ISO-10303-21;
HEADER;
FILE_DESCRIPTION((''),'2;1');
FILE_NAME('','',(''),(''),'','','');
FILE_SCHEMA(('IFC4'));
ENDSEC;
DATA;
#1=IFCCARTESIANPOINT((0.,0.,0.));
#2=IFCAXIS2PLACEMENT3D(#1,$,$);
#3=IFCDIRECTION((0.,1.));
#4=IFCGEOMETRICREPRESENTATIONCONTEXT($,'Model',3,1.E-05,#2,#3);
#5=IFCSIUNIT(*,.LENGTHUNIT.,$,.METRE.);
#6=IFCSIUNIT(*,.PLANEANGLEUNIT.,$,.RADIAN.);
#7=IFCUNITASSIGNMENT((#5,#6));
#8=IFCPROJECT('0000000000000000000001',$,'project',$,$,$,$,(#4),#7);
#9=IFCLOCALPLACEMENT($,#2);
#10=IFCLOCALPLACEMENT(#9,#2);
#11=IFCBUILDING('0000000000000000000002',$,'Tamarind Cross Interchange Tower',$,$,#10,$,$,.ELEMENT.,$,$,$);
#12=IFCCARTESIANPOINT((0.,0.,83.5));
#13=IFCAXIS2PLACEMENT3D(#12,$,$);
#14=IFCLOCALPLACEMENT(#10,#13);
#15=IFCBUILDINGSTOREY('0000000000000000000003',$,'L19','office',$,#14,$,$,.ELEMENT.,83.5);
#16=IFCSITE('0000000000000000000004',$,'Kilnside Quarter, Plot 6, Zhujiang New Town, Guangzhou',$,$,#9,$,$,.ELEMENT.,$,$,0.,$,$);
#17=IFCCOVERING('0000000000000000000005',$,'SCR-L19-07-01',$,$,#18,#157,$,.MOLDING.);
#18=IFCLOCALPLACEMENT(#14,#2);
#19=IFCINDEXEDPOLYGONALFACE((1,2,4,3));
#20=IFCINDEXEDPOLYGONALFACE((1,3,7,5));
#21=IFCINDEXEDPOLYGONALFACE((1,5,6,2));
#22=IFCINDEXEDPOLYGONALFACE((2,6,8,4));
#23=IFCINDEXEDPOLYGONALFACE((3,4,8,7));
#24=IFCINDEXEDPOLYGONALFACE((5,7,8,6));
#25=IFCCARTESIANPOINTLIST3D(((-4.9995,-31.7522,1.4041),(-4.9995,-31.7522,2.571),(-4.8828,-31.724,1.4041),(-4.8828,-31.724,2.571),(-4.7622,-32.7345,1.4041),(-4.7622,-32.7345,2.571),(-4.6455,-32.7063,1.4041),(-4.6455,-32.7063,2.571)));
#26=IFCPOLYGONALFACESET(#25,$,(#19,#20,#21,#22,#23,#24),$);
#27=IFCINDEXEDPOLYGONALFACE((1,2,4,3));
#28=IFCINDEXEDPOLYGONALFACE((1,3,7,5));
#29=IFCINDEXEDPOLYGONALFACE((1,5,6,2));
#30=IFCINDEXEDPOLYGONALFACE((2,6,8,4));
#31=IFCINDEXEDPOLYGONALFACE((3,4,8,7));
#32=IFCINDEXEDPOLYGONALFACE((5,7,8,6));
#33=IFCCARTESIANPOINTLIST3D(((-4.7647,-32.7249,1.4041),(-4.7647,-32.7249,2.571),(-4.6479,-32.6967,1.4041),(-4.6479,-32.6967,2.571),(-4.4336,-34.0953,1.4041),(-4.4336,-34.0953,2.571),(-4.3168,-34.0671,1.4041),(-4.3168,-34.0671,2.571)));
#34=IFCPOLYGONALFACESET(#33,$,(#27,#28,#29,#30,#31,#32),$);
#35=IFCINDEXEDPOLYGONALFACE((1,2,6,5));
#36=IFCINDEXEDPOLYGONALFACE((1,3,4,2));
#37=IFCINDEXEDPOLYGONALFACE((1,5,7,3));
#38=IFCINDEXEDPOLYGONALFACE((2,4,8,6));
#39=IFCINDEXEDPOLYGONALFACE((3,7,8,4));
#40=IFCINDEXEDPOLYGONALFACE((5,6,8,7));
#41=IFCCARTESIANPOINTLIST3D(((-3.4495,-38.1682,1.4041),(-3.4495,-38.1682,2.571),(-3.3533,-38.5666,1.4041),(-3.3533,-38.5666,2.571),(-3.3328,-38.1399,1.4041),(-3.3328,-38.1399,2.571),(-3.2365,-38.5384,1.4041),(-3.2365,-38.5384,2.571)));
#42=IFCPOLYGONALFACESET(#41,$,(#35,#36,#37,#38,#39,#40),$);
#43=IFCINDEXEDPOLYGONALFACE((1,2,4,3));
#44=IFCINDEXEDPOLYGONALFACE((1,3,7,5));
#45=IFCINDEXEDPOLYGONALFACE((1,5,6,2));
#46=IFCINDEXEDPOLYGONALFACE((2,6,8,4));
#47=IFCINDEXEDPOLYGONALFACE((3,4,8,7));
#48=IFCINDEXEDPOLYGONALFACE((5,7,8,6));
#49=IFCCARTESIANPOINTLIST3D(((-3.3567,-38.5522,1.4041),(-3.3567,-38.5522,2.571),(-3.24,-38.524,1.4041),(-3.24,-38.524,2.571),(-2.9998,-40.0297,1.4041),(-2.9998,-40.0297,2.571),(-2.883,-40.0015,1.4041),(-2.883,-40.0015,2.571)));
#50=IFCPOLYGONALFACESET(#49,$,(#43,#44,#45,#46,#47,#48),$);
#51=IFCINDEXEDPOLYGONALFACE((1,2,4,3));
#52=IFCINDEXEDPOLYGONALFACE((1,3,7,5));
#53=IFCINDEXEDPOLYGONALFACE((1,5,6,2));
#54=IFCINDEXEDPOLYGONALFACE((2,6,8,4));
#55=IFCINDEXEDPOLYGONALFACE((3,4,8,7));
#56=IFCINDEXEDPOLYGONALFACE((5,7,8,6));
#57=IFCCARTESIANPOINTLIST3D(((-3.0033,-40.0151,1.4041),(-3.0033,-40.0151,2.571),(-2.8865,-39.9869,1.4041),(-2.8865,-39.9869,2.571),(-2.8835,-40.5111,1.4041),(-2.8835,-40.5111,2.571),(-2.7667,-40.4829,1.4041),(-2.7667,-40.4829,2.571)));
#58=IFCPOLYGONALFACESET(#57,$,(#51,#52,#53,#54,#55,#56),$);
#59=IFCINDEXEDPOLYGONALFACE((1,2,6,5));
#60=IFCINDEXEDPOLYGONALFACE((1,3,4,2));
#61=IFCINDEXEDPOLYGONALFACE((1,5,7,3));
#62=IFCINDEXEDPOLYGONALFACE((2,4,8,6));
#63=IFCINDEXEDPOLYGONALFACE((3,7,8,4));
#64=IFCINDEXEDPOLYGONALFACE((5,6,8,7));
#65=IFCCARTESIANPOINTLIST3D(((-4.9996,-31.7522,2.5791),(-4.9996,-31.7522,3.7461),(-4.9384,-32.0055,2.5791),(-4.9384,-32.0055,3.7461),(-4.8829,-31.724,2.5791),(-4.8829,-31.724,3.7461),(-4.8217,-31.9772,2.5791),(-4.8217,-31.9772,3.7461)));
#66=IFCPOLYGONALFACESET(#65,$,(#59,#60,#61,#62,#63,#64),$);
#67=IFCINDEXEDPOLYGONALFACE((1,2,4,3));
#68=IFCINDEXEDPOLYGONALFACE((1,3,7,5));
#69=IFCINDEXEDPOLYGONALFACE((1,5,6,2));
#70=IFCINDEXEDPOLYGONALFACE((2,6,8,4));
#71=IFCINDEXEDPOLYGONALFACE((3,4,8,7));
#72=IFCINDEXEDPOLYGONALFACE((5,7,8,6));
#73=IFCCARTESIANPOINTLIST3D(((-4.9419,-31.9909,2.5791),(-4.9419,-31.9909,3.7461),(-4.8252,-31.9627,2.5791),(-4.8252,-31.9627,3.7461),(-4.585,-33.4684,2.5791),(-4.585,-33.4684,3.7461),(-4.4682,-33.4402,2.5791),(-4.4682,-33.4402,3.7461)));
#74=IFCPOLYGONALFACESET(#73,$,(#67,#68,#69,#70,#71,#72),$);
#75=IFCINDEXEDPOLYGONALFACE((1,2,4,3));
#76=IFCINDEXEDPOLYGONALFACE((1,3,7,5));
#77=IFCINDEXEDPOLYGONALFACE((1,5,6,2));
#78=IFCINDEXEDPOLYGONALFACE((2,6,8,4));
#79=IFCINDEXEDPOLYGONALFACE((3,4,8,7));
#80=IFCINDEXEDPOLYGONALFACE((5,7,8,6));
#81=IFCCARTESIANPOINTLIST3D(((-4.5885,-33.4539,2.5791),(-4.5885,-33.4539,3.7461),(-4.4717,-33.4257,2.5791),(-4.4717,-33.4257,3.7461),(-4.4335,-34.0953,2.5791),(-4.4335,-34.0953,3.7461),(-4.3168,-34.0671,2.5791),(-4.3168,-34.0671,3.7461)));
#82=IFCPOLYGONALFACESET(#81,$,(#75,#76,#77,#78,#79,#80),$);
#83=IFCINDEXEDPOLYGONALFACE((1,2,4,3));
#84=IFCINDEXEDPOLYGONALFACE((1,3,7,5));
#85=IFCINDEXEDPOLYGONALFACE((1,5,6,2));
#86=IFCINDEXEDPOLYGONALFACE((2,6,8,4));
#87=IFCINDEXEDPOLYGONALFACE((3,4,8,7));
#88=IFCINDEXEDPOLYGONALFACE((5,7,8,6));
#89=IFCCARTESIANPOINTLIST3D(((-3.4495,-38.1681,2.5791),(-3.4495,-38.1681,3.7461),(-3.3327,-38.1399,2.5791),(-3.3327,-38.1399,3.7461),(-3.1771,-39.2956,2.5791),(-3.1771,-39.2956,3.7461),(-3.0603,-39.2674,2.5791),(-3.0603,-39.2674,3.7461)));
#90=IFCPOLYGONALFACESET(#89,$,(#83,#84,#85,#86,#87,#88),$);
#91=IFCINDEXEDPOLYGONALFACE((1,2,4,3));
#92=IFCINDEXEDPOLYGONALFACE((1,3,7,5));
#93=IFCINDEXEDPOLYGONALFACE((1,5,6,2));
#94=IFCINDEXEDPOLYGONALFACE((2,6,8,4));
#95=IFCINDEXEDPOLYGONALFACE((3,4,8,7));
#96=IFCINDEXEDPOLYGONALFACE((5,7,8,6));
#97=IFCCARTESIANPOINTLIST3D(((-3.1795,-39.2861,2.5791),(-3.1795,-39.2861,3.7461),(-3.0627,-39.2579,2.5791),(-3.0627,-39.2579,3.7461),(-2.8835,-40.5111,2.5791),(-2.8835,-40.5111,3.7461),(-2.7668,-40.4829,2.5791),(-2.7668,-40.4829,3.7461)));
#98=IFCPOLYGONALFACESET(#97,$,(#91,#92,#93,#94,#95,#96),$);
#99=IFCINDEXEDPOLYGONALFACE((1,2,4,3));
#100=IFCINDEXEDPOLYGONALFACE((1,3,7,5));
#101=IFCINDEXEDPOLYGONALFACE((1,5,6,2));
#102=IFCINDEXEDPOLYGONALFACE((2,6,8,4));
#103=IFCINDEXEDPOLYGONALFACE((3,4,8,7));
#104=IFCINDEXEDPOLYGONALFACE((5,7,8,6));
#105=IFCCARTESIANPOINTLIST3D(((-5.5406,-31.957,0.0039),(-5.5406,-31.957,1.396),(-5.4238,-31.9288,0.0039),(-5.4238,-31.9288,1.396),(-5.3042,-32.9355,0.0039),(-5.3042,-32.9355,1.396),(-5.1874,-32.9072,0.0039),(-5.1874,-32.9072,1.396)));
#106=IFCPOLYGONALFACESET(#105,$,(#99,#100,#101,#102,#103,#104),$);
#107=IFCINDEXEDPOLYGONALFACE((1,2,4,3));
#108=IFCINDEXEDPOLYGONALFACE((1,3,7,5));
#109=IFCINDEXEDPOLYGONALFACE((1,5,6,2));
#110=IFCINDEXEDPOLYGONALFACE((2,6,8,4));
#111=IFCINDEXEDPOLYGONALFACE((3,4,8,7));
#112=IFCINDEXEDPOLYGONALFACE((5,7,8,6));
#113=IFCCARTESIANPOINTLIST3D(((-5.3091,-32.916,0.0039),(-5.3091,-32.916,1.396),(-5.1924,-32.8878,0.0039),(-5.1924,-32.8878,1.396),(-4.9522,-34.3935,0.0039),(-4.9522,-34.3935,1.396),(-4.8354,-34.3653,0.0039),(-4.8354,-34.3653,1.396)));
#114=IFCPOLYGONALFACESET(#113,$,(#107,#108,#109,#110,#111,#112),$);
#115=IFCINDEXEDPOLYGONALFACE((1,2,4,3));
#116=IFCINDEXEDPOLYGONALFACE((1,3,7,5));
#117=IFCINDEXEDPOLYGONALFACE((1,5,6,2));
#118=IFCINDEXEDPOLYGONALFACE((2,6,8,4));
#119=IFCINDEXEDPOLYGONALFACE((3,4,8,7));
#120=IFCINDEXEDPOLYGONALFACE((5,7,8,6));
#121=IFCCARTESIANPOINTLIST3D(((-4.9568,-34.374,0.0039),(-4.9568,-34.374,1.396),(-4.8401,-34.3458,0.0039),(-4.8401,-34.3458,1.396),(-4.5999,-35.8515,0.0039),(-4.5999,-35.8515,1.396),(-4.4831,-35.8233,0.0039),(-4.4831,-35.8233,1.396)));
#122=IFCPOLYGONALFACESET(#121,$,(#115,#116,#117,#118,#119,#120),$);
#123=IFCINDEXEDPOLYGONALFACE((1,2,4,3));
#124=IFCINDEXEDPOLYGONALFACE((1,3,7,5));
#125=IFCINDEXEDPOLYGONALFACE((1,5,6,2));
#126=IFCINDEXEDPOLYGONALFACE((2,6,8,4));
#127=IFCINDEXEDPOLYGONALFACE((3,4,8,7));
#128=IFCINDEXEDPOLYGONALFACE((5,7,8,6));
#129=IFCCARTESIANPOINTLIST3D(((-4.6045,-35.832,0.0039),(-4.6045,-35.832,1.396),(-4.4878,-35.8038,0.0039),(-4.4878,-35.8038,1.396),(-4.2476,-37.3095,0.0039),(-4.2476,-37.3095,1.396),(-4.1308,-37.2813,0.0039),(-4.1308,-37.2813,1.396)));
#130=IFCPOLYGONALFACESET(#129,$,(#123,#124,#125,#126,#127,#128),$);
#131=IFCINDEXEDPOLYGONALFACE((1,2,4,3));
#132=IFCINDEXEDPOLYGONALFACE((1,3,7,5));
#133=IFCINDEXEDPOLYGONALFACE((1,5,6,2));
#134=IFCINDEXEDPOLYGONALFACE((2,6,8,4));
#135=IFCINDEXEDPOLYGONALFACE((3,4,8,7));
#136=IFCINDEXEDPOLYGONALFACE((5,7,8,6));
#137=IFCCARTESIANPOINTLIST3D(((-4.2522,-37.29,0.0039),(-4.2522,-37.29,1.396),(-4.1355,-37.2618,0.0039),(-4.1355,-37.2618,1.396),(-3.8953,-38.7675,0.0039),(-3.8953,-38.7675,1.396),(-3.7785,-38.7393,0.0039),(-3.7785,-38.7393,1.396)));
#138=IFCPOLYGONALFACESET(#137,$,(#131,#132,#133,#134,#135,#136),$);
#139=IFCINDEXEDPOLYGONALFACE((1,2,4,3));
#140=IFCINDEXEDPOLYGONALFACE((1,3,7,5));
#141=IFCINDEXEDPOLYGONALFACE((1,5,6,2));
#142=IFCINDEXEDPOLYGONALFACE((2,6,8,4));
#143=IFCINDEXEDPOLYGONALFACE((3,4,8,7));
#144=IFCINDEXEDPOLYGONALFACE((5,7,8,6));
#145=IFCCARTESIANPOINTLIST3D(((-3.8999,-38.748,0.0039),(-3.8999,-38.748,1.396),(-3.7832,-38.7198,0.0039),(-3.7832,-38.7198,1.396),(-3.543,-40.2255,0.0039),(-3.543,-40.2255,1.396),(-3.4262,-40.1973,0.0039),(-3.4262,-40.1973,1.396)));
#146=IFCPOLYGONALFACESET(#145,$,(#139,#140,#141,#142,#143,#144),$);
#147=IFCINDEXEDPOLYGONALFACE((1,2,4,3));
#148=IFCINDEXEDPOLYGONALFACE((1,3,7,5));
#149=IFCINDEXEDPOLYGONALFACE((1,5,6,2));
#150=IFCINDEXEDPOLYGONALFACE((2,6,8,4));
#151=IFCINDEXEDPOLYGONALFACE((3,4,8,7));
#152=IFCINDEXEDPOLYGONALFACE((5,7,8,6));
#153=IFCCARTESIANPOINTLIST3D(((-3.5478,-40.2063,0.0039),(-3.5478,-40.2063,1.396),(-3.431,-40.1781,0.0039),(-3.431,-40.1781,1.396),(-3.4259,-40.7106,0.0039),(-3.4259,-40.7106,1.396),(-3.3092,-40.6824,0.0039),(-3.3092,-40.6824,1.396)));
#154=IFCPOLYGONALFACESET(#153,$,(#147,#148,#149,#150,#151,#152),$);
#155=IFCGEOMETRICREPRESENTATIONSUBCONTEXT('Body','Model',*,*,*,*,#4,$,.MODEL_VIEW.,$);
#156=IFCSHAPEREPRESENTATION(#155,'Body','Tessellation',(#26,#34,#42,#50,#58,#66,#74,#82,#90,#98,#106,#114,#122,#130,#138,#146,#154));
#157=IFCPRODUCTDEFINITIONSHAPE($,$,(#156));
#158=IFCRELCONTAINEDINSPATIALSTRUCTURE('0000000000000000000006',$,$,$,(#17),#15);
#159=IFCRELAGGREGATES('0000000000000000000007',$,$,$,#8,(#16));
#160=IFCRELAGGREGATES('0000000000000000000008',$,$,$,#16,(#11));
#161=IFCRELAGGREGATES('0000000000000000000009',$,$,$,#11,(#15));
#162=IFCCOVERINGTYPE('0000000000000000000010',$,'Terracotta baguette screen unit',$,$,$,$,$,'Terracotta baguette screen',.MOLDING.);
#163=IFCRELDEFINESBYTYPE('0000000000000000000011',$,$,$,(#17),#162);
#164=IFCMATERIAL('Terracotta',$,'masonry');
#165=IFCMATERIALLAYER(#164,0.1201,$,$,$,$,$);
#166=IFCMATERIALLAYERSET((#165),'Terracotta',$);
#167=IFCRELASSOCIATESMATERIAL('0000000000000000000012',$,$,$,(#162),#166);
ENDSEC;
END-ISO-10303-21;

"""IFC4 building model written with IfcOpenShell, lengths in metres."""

from ifc_helpers import new_model, si_unit, direction, frame, origin, origin_2d, place, context, subcontext, project, spatial, rectangle, extrude, material, layer, layer_set, type_object, element, save


model = new_model("IFC4")

# Units and contexts
model_context = context("Model", 3, precision=1e-05, world=origin(), true_north=direction((0.0, 1.0)))
body_context = subcontext(model_context, "Body", "Model", "MODEL_VIEW")
ifc_project = project(units=[si_unit("LENGTHUNIT", "METRE"), si_unit("PLANEANGLEUNIT", "RADIAN")], contexts=[model_context])

# Site, building, storey
site_placement = place(None, origin())
site = spatial("IfcSite", under=ifc_project, at=site_placement, Name="Kilnside Quarter, Plot 6, Zhujiang New Town, Guangzhou", CompositionType="ELEMENT", RefElevation=0.0)
building_placement = place(site_placement, origin())
building = spatial("IfcBuilding", under=site, at=building_placement, Name="Tamarind Cross Interchange Tower", CompositionType="ELEMENT")
storey_placement = place(building_placement, frame((0.0, 0.0, 83.5)))
storey = spatial("IfcBuildingStorey", under=building, at=storey_placement, Name="L19", Description="office", CompositionType="ELEMENT", Elevation=83.5)

# Covering
ifc_material_1 = material(Name="Terracotta", Category="masonry")
ifc_layer_1 = layer(ifc_material_1, 0.1201)
ifc_layer_set_1 = layer_set([ifc_layer_1], Name="Terracotta")
covering_type = type_object("IfcCoveringType", Name="Terracotta baguette screen unit", ElementType="Terracotta baguette screen", PredefinedType="MOLDING", material=ifc_layer_set_1)
covering_1_placement = place(storey_placement, origin())
element("IfcCovering", 1, at=covering_1_placement, inside=storey, type_object=covering_type, Name="SCR-L19-07-01", PredefinedType="MOLDING", context=body_context, shape_type="SweptSolid", body=[
    extrude(rectangle(XDim=1.0105, YDim=0.1201, at=origin_2d()), frame((-4.8225, -32.2292, 1.4041), z_axis=(0.0, 0.0, 1.0), x_axis=(0.234844, -0.972033, 0.0)), (0.0, 0.0, 1.0), 1.167),
    extrude(rectangle(XDim=1.4099, YDim=0.1201, at=origin_2d()), frame((-4.5408, -33.396, 1.4041), z_axis=(0.0, 0.0, 1.0), x_axis=(0.234844, -0.972033, 0.0)), (0.0, 0.0, 1.0), 1.167),
    extrude(rectangle(XDim=0.4099, YDim=0.1201, at=origin_2d()), frame((-3.343, -38.3533, 1.4041), z_axis=(0.0, 0.0, 1.0), x_axis=(0.234844, -0.972033, 0.0)), (0.0, 0.0, 1.0), 1.167),
    extrude(rectangle(XDim=1.52, YDim=0.1201, at=origin_2d()), frame((-3.1199, -39.2769, 1.4041), z_axis=(0.0, 0.0, 1.0), x_axis=(0.234844, -0.972033, 0.0)), (0.0, 0.0, 1.0), 1.167),
    extrude(rectangle(XDim=0.5103, YDim=0.1201, at=origin_2d()), frame((-2.885, -40.249, 1.4041), z_axis=(0.0, 0.0, 1.0), x_axis=(0.234844, -0.972033, 0.0)), (0.0, 0.0, 1.0), 1.167),
    extrude(rectangle(XDim=0.2605, YDim=0.1201, at=origin_2d()), frame((-4.9106, -31.8647, 2.5791), z_axis=(0.0, 0.0, 1.0), x_axis=(0.234844, -0.972033, 0.0)), (0.0, 0.0, 1.0), 1.167),
    extrude(rectangle(XDim=1.52, YDim=0.1201, at=origin_2d()), frame((-4.7051, -32.7156, 2.5791), z_axis=(0.0, 0.0, 1.0), x_axis=(0.234844, -0.972033, 0.0)), (0.0, 0.0, 1.0), 1.167),
    extrude(rectangle(XDim=0.6599, YDim=0.1201, at=origin_2d()), frame((-4.4526, -33.7605, 2.5791), z_axis=(0.0, 0.0, 1.0), x_axis=(0.234844, -0.972033, 0.0)), (0.0, 0.0, 1.0), 1.167),
    extrude(rectangle(XDim=1.1599, YDim=0.1201, at=origin_2d()), frame((-3.2549, -38.7178, 2.5791), z_axis=(0.0, 0.0, 1.0), x_axis=(0.234844, -0.972033, 0.0)), (0.0, 0.0, 1.0), 1.167),
    extrude(rectangle(XDim=1.2603, YDim=0.1201, at=origin_2d()), frame((-2.9731, -39.8845, 2.5791), z_axis=(0.0, 0.0, 1.0), x_axis=(0.234844, -0.972033, 0.0)), (0.0, 0.0, 1.0), 1.167),
    extrude(rectangle(XDim=1.0066, YDim=0.1201, at=origin_2d()), frame((-5.364, -32.4321, 0.0039), z_axis=(0.0, 0.0, 1.0), x_axis=(0.234844, -0.972033, 0.0)), (0.0, 0.0, 1.0), 1.3921),
    extrude(rectangle(XDim=1.52, YDim=0.1201, at=origin_2d()), frame((-5.0723, -33.6406, 0.0039), z_axis=(0.0, 0.0, 1.0), x_axis=(0.234844, -0.972033, 0.0)), (0.0, 0.0, 1.0), 1.3921),
    extrude(rectangle(XDim=1.52, YDim=0.1201, at=origin_2d()), frame((-4.72, -35.0986, 0.0039), z_axis=(0.0, 0.0, 1.0), x_axis=(0.234844, -0.972033, 0.0)), (0.0, 0.0, 1.0), 1.3921),
    extrude(rectangle(XDim=1.52, YDim=0.1201, at=origin_2d()), frame((-4.3677, -36.5566, 0.0039), z_axis=(0.0, 0.0, 1.0), x_axis=(0.234844, -0.972033, 0.0)), (0.0, 0.0, 1.0), 1.3921),
    extrude(rectangle(XDim=1.52, YDim=0.1201, at=origin_2d()), frame((-4.0154, -38.0146, 0.0039), z_axis=(0.0, 0.0, 1.0), x_axis=(0.234844, -0.972033, 0.0)), (0.0, 0.0, 1.0), 1.3921),
    extrude(rectangle(XDim=1.52, YDim=0.1201, at=origin_2d()), frame((-3.6631, -39.4727, 0.0039), z_axis=(0.0, 0.0, 1.0), x_axis=(0.234844, -0.972033, 0.0)), (0.0, 0.0, 1.0), 1.3921),
    extrude(rectangle(XDim=0.5188, YDim=0.1201, at=origin_2d()), frame((-3.4285, -40.4443, 0.0039), z_axis=(0.0, 0.0, 1.0), x_axis=(0.234844, -0.972033, 0.0)), (0.0, 0.0, 1.0), 1.3921),
])

save(model, "model.ifc")
